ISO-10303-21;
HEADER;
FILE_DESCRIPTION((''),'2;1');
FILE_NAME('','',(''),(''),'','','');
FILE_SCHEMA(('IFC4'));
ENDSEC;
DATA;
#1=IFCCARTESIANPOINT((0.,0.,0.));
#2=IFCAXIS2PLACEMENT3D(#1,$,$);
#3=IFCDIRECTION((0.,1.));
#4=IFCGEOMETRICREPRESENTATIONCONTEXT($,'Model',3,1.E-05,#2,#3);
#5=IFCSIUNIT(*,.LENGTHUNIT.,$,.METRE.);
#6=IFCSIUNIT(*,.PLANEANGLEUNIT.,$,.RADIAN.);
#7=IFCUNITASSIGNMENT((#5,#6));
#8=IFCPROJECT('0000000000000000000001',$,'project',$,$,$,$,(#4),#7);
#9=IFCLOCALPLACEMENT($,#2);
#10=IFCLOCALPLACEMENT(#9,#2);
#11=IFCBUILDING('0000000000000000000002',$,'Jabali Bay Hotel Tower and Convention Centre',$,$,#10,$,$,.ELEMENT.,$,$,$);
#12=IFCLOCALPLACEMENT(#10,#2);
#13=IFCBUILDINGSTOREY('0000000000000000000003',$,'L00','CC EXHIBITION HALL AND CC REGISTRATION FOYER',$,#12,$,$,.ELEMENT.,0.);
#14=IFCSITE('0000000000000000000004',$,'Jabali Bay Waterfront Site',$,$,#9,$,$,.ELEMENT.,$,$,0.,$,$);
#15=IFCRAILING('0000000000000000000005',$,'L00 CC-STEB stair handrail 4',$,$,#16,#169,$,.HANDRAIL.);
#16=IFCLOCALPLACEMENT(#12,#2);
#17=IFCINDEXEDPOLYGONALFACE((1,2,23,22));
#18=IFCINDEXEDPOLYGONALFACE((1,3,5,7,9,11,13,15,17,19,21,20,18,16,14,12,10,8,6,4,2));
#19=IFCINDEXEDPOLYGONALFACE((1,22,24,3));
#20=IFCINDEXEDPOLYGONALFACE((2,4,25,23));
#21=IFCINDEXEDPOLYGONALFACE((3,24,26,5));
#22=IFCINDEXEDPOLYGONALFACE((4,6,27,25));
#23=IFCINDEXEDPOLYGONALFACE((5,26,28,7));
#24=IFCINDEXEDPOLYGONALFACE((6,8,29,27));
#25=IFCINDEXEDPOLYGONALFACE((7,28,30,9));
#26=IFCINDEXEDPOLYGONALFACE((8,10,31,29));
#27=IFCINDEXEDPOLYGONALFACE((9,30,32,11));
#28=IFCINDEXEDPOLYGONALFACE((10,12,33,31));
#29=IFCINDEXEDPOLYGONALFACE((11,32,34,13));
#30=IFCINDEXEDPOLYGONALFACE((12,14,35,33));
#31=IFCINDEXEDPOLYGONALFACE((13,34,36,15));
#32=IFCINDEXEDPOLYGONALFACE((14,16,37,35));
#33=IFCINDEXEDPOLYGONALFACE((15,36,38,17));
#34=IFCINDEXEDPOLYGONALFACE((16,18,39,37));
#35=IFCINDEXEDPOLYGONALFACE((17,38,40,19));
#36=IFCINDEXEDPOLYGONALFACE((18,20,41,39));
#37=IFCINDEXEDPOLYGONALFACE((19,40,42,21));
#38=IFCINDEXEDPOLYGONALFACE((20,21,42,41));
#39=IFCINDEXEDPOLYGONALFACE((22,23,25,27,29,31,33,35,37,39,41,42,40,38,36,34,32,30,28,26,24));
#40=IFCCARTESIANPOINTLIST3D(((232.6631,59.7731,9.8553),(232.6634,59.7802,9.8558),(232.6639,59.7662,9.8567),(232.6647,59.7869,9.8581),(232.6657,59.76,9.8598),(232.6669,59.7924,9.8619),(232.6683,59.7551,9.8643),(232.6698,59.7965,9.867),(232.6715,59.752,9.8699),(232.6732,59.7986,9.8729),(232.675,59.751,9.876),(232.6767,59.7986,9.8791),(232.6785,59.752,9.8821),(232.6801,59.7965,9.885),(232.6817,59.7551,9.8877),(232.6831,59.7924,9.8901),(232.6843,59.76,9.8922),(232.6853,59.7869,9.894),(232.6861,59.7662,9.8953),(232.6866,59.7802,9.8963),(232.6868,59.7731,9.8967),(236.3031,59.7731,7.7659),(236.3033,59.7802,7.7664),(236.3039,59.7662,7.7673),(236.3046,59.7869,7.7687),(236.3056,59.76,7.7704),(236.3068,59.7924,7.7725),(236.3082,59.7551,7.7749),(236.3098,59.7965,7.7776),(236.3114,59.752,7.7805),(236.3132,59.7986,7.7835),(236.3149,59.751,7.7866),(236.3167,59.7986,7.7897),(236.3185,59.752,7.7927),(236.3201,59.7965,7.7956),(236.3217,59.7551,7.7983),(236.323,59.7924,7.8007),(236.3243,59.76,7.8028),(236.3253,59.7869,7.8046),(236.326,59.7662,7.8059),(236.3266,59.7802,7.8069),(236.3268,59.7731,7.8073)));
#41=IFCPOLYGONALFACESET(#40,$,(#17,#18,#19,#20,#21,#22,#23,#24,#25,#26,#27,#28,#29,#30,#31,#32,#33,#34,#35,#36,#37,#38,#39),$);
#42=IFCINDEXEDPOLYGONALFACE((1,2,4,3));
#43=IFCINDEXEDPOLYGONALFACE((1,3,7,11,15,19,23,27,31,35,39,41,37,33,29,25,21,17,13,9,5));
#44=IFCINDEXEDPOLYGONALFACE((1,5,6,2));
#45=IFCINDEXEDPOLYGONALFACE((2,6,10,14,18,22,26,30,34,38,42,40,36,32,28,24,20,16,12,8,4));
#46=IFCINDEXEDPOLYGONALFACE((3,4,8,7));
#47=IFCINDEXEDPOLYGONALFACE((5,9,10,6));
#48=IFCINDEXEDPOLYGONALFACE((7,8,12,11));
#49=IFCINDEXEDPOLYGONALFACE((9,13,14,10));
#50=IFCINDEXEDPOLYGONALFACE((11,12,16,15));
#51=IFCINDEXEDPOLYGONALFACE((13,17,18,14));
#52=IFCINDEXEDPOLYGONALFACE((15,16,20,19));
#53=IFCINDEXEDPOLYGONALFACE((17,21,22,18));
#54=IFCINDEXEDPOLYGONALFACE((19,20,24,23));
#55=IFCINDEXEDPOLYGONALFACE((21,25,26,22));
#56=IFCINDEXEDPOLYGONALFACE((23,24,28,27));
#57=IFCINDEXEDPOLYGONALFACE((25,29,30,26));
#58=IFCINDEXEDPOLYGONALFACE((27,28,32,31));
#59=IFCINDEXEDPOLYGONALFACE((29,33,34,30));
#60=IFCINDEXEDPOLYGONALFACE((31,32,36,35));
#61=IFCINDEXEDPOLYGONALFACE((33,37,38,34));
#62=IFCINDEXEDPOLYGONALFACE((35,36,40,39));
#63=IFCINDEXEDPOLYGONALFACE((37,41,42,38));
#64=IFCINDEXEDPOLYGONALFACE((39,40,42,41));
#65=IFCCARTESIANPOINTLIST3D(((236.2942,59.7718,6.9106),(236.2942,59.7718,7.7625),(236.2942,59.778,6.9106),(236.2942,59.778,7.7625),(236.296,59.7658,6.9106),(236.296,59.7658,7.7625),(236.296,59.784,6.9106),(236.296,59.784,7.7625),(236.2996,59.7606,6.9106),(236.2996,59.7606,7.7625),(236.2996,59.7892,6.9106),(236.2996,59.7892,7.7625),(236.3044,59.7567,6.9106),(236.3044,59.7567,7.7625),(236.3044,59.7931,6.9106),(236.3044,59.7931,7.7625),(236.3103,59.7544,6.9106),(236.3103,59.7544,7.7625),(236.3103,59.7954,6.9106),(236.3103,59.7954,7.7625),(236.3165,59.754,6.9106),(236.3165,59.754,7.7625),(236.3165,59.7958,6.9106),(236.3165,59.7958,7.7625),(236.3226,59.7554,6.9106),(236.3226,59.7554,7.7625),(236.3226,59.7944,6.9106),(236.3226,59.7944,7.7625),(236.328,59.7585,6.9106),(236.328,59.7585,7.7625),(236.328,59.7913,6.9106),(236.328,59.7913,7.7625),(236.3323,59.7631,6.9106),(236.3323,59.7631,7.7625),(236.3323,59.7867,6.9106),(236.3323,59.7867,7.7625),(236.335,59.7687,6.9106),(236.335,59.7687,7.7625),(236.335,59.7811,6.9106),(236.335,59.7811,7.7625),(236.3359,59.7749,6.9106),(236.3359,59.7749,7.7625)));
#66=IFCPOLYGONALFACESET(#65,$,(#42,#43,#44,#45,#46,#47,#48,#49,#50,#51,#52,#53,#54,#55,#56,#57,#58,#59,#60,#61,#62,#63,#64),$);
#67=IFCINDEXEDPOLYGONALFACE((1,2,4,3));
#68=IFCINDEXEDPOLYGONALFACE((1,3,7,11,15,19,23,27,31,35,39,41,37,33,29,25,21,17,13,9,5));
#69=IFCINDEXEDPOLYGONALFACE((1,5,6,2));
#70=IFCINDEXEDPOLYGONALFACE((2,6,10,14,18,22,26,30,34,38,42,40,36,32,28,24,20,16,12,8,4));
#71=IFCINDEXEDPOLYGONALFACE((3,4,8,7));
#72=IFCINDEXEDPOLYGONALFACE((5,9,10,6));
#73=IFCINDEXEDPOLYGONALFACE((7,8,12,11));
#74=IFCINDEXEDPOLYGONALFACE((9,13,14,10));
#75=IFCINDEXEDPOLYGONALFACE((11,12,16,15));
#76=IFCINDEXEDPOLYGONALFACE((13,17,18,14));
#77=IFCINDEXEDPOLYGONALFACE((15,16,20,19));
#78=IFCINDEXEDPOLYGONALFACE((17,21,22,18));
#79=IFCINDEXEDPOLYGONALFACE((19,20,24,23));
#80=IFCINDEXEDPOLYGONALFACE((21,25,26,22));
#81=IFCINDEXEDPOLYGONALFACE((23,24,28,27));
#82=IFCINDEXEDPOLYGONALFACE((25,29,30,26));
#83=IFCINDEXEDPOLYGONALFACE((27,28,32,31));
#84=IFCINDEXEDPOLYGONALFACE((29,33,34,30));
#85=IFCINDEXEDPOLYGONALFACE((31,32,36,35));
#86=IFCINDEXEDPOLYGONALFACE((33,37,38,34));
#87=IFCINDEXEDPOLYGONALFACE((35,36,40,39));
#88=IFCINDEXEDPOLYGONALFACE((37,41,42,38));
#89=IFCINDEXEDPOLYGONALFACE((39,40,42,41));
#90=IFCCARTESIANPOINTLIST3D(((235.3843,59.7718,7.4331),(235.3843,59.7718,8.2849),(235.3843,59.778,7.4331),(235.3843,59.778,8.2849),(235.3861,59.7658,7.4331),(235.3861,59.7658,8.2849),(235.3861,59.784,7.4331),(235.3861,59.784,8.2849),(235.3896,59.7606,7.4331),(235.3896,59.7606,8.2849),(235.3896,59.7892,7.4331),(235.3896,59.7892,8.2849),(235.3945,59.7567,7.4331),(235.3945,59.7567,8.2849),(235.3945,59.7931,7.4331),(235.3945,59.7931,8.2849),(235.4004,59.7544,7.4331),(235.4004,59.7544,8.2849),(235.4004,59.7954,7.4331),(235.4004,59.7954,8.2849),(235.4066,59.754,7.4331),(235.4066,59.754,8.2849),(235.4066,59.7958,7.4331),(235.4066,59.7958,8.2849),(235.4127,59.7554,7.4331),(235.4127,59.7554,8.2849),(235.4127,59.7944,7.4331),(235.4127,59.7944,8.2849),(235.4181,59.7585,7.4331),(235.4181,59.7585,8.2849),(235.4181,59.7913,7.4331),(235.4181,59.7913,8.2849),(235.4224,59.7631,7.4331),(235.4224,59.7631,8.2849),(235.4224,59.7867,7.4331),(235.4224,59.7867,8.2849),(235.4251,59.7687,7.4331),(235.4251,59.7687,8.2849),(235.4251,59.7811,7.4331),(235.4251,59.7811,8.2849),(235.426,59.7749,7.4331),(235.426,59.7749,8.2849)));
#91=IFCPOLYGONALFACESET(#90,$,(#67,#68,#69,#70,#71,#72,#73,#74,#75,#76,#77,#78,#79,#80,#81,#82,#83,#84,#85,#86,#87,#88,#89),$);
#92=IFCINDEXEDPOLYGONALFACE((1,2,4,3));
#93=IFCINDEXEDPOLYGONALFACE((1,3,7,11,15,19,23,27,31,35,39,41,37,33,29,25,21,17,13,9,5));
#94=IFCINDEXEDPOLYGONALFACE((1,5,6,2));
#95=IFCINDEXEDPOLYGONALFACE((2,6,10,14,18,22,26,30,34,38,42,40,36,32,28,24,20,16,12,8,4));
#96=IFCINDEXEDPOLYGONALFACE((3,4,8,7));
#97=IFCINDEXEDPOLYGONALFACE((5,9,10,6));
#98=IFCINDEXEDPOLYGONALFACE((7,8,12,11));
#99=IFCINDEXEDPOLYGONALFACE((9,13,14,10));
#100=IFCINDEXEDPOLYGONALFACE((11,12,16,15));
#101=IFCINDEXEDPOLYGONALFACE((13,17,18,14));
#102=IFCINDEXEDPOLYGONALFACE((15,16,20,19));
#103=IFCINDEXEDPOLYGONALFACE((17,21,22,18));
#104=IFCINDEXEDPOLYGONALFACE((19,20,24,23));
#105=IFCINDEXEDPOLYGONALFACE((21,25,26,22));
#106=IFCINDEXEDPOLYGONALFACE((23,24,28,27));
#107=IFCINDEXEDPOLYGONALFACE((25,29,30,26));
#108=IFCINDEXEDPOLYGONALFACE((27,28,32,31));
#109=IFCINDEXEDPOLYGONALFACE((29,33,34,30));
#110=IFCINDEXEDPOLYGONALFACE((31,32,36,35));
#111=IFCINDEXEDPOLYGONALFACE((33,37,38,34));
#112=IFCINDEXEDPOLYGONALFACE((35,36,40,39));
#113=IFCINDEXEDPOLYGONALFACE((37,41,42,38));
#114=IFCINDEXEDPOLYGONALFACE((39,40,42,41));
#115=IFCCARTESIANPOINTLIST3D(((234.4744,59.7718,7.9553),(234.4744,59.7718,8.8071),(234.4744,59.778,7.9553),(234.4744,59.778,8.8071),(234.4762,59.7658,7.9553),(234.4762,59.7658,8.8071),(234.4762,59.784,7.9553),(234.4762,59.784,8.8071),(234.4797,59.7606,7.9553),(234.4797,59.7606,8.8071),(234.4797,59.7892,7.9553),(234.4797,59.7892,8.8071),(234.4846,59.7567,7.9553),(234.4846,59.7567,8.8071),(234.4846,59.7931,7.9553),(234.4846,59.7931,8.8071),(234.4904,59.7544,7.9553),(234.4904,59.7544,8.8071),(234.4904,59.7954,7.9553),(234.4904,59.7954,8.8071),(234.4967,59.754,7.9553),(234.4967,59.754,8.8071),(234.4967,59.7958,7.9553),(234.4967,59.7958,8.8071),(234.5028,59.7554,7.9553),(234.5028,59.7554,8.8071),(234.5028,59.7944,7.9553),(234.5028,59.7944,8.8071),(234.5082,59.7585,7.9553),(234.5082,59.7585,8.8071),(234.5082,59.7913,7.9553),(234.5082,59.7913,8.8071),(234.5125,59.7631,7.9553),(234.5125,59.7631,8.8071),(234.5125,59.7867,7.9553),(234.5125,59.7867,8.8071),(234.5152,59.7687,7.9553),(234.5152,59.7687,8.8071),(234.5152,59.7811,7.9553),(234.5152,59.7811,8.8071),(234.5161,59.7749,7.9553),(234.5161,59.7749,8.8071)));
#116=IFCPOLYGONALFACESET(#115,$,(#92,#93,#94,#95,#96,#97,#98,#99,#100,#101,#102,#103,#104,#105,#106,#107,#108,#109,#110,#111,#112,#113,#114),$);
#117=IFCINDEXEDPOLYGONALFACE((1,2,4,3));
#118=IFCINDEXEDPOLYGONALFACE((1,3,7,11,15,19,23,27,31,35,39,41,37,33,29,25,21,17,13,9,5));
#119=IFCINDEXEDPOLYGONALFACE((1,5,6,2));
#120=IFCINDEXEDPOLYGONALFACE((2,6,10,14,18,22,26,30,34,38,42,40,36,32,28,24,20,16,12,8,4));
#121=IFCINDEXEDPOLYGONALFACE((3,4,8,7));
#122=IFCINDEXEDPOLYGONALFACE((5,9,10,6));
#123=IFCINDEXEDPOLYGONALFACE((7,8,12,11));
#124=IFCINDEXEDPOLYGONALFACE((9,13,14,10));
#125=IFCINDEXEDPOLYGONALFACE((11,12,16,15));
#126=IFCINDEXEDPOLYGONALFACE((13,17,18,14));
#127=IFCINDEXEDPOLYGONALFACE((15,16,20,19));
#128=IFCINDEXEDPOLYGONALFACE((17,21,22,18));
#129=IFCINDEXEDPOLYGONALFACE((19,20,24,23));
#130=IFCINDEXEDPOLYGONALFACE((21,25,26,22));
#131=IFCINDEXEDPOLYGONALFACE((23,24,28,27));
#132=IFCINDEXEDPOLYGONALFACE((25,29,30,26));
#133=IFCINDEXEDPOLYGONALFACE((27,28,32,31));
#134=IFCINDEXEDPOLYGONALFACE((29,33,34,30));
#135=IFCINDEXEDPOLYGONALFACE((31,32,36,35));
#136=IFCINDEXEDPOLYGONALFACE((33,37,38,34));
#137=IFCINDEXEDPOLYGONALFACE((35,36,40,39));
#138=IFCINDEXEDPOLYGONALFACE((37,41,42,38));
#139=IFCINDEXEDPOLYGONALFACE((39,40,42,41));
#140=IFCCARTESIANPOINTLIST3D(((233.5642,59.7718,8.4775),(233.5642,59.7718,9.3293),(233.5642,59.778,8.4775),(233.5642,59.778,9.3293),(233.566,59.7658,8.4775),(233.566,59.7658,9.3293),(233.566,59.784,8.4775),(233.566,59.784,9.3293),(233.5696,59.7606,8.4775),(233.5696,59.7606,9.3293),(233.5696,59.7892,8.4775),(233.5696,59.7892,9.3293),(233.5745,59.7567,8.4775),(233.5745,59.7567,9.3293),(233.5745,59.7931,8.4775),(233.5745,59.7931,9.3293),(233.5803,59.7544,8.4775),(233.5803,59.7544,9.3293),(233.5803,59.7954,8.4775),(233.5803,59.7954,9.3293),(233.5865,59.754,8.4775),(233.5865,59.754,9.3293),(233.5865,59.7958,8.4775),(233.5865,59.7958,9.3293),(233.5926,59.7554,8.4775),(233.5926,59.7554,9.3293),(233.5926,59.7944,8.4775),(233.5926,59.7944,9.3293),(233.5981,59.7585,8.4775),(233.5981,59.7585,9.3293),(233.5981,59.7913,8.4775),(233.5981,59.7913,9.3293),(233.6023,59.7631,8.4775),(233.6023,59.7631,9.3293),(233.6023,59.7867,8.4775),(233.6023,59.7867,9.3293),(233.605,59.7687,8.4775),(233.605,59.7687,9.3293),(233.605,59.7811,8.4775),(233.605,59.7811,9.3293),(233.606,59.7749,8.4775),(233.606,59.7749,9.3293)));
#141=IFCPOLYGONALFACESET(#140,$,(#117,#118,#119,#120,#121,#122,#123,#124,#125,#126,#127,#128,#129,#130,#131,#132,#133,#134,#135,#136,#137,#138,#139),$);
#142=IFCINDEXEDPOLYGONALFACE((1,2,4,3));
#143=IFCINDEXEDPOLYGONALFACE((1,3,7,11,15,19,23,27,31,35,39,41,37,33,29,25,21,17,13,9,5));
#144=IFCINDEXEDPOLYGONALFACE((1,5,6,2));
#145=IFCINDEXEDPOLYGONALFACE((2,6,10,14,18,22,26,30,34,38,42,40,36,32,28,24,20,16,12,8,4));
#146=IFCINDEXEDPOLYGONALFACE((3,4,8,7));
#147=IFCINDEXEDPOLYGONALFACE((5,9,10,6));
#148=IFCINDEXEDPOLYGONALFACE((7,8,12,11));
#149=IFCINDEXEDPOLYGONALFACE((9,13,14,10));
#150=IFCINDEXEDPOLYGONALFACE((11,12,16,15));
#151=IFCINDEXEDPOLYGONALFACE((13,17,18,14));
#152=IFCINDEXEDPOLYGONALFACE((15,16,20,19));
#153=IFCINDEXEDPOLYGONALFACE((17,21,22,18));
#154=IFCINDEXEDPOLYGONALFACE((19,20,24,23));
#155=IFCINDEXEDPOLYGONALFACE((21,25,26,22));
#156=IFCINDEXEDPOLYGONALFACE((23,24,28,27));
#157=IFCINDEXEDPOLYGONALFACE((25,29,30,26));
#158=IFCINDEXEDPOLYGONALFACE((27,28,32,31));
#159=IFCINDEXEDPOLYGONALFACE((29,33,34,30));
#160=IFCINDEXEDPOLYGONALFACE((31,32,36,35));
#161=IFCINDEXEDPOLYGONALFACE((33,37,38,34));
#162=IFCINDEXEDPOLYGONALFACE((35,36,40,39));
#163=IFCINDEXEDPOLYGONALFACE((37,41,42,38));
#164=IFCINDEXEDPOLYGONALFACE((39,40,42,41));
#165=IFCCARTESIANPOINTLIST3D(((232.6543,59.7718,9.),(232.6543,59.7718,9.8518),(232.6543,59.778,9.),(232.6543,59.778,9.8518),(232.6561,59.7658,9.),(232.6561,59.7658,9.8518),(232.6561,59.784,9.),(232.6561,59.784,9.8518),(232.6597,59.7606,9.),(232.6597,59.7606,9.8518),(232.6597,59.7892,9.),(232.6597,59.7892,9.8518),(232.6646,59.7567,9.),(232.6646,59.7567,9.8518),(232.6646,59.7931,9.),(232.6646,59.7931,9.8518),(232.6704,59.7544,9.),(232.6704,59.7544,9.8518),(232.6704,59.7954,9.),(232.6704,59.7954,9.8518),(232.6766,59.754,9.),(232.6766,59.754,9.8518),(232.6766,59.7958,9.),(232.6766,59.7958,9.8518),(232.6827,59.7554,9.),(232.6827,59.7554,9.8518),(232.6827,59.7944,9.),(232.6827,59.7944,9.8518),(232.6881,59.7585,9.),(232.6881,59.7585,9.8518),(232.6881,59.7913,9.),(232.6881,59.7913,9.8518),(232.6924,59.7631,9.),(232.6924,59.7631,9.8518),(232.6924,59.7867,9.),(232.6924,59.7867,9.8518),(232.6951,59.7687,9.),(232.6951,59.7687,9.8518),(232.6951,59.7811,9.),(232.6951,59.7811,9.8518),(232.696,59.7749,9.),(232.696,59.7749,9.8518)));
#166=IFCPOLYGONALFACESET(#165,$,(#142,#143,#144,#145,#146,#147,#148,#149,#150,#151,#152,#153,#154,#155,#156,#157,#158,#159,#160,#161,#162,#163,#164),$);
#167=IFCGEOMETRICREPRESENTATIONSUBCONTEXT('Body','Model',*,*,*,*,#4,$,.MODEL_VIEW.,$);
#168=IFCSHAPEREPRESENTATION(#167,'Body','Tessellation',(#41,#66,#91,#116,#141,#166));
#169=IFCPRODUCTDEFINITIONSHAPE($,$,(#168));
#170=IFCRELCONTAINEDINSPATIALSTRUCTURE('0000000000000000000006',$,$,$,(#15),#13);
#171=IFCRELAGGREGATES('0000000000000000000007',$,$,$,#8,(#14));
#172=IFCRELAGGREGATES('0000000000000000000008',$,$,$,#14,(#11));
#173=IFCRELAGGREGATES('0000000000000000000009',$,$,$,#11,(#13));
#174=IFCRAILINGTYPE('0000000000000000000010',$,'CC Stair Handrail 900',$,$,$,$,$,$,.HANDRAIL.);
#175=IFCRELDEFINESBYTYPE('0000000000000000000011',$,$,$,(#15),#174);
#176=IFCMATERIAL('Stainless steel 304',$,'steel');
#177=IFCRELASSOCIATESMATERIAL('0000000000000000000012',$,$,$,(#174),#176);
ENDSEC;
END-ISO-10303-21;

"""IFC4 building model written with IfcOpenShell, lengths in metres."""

from ifc_helpers import new_model, si_unit, direction, frame, origin, origin_2d, place, context, subcontext, project, spatial, circle, extrude, material, type_object, element, save


model = new_model("IFC4")

# Units and contexts
model_context = context("Model", 3, precision=1e-05, world=origin(), true_north=direction((0.0, 1.0)))
body_context = subcontext(model_context, "Body", "Model", "MODEL_VIEW")
ifc_project = project(units=[si_unit("LENGTHUNIT", "METRE"), si_unit("PLANEANGLEUNIT", "RADIAN")], contexts=[model_context])

# Site, building, storey
site_placement = place(None, origin())
site = spatial("IfcSite", under=ifc_project, at=site_placement, Name="Jabali Bay Waterfront Site", CompositionType="ELEMENT", RefElevation=0.0)
building_placement = place(site_placement, origin())
building = spatial("IfcBuilding", under=site, at=building_placement, Name="Jabali Bay Hotel Tower and Convention Centre", CompositionType="ELEMENT")
storey_placement = place(building_placement, origin())
storey = spatial("IfcBuildingStorey", under=building, at=storey_placement, Name="L00", Description="CC EXHIBITION HALL AND CC REGISTRATION FOYER", CompositionType="ELEMENT", Elevation=0.0)

# Railing
ifc_material_1 = material(Name="Stainless steel 304", Category="steel")
railing_type_1 = type_object("IfcRailingType", Name="CC Stair Handrail 900", PredefinedType="HANDRAIL", material=ifc_material_1)
railing_1_placement = place(storey_placement, frame((236.3149, 59.7749, 6.9106)))
element("IfcRailing", 1, at=railing_1_placement, inside=storey, type_object=railing_type_1, Name="L00 CC-STEB stair handrail 4", PredefinedType="HANDRAIL", context=body_context, shape_type="SweptSolid", body=[
    extrude(circle(Radius=0.0239, at=origin_2d()), frame((0.0, 0.0, 0.876), z_axis=(-0.867275, 0.0, 0.497829), x_axis=(0.0, -1.0, 0.0)), (0.0, 0.0, 1.0), 4.197),
    extrude(circle(Radius=0.021, at=origin_2d()), origin(), (0.0, 0.0, 1.0), 0.8518),
    extrude(circle(Radius=0.021, at=origin_2d()), frame((-0.9099, 0.0, 0.5225)), (0.0, 0.0, 1.0), 0.8518),
    extrude(circle(Radius=0.021, at=origin_2d()), frame((-1.8198, 0.0, 1.0447)), (0.0, 0.0, 1.0), 0.8518),
    extrude(circle(Radius=0.021, at=origin_2d()), frame((-2.73, 0.0, 1.5669)), (0.0, 0.0, 1.0), 0.8518),
    extrude(circle(Radius=0.021, at=origin_2d()), frame((-3.6399, 0.0, 2.0894)), (0.0, 0.0, 1.0), 0.8518),
])

save(model, "model.ifc")
